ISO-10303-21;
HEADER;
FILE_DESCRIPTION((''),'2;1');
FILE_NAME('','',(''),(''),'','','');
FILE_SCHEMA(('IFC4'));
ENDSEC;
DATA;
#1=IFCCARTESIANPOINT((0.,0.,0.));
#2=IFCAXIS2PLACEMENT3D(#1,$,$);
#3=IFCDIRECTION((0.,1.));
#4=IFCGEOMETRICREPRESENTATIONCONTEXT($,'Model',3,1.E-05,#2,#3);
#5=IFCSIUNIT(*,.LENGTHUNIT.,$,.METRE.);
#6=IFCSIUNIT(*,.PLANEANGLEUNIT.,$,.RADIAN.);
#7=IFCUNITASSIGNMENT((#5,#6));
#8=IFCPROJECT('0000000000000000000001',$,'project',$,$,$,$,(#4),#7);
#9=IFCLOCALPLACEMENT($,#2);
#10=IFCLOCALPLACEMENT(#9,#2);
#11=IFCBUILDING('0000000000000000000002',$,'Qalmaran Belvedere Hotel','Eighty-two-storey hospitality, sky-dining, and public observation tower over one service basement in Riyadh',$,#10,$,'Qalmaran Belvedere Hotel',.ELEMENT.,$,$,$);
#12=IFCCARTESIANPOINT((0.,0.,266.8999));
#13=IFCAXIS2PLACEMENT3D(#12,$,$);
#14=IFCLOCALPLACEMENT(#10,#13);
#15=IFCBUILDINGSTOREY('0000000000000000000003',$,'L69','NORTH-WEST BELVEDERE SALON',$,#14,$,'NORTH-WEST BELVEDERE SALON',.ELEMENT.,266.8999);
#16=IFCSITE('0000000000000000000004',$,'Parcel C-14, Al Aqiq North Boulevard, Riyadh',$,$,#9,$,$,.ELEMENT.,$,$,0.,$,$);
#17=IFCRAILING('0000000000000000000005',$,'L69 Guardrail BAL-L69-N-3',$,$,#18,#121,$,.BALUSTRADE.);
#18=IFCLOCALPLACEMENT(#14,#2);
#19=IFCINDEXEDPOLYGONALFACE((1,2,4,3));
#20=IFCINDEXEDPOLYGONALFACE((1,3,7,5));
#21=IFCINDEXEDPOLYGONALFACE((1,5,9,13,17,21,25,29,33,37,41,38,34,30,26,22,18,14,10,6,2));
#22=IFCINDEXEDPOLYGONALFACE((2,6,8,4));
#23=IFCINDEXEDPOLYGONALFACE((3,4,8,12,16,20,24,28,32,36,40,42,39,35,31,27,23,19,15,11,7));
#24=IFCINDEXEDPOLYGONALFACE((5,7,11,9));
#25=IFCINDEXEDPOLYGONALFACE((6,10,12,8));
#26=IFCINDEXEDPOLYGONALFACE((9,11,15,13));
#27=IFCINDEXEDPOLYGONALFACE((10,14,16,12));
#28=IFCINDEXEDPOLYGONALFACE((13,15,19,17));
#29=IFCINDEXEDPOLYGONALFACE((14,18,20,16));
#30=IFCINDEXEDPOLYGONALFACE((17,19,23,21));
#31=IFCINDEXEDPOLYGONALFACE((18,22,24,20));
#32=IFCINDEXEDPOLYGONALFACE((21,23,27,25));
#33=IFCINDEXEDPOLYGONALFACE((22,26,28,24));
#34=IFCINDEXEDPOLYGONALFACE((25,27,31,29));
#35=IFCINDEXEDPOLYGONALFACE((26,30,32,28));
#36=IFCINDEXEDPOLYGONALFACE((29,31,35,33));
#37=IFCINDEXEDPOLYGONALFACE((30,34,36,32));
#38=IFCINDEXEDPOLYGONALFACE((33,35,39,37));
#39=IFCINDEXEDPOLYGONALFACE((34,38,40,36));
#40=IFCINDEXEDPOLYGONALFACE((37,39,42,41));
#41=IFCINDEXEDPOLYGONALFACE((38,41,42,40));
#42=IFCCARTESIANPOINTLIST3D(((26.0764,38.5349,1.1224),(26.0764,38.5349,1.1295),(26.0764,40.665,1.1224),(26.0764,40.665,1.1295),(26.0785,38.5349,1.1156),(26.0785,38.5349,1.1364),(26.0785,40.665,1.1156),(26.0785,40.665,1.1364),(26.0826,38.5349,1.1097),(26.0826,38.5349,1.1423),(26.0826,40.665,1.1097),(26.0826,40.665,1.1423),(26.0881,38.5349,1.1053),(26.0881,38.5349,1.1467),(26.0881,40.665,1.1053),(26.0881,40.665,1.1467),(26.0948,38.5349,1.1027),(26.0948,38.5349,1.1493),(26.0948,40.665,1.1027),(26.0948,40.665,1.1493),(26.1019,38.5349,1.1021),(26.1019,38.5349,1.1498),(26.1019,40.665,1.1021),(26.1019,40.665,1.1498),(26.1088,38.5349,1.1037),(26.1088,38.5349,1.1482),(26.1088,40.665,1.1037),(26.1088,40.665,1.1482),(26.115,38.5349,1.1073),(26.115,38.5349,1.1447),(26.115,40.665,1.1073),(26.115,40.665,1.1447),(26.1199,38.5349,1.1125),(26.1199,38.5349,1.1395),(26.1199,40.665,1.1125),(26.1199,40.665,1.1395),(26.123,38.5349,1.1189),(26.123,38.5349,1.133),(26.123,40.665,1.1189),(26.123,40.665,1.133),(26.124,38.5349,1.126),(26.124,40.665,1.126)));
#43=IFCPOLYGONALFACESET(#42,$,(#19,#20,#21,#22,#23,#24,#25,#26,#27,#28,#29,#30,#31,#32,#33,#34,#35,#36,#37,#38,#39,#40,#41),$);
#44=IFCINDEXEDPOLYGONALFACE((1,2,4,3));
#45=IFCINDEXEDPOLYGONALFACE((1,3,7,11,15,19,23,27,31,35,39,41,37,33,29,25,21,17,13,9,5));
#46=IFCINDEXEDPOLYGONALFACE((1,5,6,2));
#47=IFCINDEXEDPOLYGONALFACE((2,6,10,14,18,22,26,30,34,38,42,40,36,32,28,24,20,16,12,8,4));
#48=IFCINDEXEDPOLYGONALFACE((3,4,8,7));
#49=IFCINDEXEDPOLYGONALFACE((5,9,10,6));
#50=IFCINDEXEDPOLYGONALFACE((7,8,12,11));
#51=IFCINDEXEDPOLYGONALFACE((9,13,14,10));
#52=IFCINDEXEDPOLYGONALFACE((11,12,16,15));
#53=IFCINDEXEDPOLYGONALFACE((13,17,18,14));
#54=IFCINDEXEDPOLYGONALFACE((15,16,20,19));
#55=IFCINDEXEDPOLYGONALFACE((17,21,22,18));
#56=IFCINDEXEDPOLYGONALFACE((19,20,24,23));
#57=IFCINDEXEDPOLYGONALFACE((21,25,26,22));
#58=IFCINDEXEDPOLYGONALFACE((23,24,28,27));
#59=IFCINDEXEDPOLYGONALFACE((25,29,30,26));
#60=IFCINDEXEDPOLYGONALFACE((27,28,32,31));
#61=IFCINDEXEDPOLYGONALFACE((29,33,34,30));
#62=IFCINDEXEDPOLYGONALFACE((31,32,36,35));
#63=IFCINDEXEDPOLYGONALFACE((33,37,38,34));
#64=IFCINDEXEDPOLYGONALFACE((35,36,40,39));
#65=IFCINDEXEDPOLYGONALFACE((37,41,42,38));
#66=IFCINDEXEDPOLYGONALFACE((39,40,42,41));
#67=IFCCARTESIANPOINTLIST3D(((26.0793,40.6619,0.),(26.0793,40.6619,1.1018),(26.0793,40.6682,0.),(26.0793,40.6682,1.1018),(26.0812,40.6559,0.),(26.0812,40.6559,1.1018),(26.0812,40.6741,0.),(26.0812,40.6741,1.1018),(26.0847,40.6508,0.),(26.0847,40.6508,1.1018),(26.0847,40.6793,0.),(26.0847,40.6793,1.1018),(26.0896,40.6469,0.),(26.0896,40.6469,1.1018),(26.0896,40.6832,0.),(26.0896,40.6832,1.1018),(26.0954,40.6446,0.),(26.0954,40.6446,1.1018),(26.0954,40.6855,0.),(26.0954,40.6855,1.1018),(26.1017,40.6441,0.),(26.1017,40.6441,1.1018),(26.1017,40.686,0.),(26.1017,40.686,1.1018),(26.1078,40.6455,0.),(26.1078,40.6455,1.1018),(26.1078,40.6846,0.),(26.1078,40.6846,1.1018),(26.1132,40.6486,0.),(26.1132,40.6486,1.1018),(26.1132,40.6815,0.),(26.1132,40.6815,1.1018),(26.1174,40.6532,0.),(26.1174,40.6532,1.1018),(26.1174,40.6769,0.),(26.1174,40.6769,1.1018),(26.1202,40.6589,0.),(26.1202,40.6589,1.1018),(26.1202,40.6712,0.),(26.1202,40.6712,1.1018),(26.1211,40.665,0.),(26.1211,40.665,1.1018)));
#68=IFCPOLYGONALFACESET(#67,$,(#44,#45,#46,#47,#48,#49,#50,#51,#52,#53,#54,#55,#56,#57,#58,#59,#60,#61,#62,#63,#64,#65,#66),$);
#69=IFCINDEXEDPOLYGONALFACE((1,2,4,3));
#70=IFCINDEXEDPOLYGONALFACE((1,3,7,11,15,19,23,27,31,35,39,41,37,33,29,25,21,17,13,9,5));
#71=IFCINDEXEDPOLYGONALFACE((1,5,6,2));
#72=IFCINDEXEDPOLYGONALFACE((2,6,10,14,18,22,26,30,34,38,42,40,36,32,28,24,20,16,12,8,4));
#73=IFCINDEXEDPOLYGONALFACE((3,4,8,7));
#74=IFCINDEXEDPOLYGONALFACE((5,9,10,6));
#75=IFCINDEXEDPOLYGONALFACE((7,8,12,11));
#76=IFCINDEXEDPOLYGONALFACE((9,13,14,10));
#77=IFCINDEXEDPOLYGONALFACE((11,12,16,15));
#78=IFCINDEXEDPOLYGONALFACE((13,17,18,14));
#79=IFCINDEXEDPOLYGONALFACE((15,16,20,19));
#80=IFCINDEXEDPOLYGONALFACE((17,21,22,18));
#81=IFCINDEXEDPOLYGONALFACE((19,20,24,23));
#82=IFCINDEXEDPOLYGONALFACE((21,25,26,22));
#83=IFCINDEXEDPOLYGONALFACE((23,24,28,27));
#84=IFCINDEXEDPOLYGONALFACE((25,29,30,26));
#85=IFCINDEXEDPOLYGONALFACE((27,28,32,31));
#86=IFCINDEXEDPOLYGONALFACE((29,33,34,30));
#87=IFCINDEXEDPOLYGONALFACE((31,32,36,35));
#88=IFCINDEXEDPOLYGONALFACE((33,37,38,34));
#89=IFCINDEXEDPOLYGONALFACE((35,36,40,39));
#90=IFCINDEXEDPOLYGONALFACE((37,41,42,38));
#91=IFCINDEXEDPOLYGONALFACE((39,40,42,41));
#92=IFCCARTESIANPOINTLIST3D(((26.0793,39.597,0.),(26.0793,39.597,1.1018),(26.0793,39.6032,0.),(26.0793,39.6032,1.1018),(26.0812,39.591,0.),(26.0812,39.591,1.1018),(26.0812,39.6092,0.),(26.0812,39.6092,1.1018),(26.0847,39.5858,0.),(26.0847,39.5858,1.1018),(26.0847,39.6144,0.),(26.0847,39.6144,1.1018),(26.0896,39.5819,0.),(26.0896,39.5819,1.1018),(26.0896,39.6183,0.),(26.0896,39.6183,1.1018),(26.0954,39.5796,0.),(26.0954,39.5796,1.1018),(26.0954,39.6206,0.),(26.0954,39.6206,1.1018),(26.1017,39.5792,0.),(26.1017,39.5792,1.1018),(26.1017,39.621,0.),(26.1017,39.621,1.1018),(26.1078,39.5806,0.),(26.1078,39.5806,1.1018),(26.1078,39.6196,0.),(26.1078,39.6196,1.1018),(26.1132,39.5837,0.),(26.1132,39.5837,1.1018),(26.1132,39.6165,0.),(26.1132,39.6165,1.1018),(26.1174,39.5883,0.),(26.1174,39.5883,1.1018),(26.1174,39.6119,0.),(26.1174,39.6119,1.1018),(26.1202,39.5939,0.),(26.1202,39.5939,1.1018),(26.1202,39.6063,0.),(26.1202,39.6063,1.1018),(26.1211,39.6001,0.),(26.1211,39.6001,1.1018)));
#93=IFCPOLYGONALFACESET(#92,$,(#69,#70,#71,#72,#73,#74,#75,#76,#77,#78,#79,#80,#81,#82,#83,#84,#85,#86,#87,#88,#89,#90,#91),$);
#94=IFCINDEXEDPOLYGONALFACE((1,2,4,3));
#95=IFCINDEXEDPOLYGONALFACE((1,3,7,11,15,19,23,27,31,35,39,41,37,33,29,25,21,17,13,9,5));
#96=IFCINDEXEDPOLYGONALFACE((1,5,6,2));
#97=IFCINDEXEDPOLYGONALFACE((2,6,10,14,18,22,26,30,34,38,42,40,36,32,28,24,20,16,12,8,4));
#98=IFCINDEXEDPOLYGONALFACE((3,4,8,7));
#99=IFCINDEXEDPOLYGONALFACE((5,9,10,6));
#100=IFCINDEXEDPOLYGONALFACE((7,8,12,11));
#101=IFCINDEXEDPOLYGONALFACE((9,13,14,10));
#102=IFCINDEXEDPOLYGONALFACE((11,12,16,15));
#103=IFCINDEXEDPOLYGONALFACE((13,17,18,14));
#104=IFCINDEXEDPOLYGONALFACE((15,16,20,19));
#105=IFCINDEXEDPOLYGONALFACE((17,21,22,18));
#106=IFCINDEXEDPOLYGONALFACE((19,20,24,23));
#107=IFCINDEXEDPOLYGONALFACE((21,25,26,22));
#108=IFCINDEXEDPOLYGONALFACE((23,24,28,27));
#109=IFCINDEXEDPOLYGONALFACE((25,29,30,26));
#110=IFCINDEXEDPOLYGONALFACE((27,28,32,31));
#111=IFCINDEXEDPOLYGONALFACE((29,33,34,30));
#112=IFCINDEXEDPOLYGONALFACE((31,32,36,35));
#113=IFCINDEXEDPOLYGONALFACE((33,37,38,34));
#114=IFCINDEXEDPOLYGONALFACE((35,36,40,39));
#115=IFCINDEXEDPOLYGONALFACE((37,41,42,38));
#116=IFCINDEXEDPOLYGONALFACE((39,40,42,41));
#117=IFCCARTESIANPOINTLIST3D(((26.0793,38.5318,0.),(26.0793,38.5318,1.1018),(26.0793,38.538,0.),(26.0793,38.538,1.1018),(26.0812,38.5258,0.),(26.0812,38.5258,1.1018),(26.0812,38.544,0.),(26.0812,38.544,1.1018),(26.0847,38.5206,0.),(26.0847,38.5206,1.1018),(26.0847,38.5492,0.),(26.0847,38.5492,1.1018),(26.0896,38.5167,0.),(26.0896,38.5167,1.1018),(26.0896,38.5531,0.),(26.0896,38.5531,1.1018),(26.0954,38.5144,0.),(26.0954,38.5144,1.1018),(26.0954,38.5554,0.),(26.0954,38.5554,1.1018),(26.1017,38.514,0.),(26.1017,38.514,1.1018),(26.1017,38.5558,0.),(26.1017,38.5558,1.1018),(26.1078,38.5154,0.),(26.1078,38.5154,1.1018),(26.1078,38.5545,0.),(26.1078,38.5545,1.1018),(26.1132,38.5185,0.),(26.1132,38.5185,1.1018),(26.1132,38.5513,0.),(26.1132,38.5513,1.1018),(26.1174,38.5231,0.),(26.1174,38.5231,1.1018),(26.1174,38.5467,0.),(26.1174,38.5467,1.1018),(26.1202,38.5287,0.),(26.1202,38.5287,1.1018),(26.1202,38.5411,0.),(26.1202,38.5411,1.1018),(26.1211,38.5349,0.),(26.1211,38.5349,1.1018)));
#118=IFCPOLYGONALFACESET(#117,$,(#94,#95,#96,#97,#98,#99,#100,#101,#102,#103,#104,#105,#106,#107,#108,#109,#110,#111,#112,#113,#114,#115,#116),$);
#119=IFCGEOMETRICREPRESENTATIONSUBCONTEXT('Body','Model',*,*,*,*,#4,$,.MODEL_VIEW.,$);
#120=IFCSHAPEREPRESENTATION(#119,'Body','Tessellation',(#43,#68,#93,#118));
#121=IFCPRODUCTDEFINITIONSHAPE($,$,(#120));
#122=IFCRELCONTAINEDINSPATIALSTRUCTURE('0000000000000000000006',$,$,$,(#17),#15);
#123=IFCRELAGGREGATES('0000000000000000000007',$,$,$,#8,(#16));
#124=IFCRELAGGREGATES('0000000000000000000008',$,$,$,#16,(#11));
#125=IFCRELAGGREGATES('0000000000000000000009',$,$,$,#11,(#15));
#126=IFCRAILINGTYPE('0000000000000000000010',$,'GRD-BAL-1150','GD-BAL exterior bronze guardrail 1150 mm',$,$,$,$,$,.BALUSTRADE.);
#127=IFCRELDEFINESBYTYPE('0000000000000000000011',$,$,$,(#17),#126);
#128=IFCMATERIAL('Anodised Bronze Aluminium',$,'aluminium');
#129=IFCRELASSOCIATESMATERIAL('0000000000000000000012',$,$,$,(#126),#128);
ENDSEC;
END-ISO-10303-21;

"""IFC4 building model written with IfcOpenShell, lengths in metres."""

from ifc_helpers import new_model, si_unit, direction, frame, origin, origin_2d, place, context, subcontext, project, spatial, circle, extrude, material, type_object, element, save


model = new_model("IFC4")

# Units and contexts
model_context = context("Model", 3, precision=1e-05, world=origin(), true_north=direction((0.0, 1.0)))
body_context = subcontext(model_context, "Body", "Model", "MODEL_VIEW")
ifc_project = project(units=[si_unit("LENGTHUNIT", "METRE"), si_unit("PLANEANGLEUNIT", "RADIAN")], contexts=[model_context])

# Site, building, storey
site_placement = place(None, origin())
site = spatial("IfcSite", under=ifc_project, at=site_placement, Name="Parcel C-14, Al Aqiq North Boulevard, Riyadh", CompositionType="ELEMENT", RefElevation=0.0)
building_placement = place(site_placement, origin())
building = spatial("IfcBuilding", under=site, at=building_placement, Name="Qalmaran Belvedere Hotel", Description="Eighty-two-storey hospitality, sky-dining, and public observation tower over one service basement in Riyadh", LongName="Qalmaran Belvedere Hotel", CompositionType="ELEMENT")
storey_placement = place(building_placement, frame((0.0, 0.0, 266.8999)))
storey = spatial("IfcBuildingStorey", under=building, at=storey_placement, Name="L69", Description="NORTH-WEST BELVEDERE SALON", LongName="NORTH-WEST BELVEDERE SALON", CompositionType="ELEMENT", Elevation=266.8999)

# Shared definitions
ifc_material_1 = material(Name="Anodised Bronze Aluminium", Category="aluminium")

# Railing
railing_type = type_object("IfcRailingType", Name="GRD-BAL-1150", Description="GD-BAL exterior bronze guardrail 1150 mm", PredefinedType="BALUSTRADE", material=ifc_material_1)
railing_1_placement = place(storey_placement, frame((26.1001, 40.665, 0.0)))
element("IfcRailing", 1, at=railing_1_placement, inside=storey, type_object=railing_type, Name="L69 Guardrail BAL-L69-N-3", PredefinedType="BALUSTRADE", context=body_context, shape_type="SweptSolid", body=[
    extrude(circle(Radius=0.0239, at=origin_2d()), frame((0.0, 0.0, 1.126), z_axis=(0.0, -1.0, 0.0), x_axis=(1.0, 0.0, 0.0)), (0.0, 0.0, 1.0), 2.1301),
    extrude(circle(Radius=0.021, at=origin_2d()), origin(), (0.0, 0.0, 1.0), 1.1018),
    extrude(circle(Radius=0.021, at=origin_2d()), frame((0.0, -1.0649, 0.0)), (0.0, 0.0, 1.0), 1.1018),
    extrude(circle(Radius=0.021, at=origin_2d()), frame((0.0, -2.1301, 0.0)), (0.0, 0.0, 1.0), 1.1018),
])

save(model, "model.ifc")
